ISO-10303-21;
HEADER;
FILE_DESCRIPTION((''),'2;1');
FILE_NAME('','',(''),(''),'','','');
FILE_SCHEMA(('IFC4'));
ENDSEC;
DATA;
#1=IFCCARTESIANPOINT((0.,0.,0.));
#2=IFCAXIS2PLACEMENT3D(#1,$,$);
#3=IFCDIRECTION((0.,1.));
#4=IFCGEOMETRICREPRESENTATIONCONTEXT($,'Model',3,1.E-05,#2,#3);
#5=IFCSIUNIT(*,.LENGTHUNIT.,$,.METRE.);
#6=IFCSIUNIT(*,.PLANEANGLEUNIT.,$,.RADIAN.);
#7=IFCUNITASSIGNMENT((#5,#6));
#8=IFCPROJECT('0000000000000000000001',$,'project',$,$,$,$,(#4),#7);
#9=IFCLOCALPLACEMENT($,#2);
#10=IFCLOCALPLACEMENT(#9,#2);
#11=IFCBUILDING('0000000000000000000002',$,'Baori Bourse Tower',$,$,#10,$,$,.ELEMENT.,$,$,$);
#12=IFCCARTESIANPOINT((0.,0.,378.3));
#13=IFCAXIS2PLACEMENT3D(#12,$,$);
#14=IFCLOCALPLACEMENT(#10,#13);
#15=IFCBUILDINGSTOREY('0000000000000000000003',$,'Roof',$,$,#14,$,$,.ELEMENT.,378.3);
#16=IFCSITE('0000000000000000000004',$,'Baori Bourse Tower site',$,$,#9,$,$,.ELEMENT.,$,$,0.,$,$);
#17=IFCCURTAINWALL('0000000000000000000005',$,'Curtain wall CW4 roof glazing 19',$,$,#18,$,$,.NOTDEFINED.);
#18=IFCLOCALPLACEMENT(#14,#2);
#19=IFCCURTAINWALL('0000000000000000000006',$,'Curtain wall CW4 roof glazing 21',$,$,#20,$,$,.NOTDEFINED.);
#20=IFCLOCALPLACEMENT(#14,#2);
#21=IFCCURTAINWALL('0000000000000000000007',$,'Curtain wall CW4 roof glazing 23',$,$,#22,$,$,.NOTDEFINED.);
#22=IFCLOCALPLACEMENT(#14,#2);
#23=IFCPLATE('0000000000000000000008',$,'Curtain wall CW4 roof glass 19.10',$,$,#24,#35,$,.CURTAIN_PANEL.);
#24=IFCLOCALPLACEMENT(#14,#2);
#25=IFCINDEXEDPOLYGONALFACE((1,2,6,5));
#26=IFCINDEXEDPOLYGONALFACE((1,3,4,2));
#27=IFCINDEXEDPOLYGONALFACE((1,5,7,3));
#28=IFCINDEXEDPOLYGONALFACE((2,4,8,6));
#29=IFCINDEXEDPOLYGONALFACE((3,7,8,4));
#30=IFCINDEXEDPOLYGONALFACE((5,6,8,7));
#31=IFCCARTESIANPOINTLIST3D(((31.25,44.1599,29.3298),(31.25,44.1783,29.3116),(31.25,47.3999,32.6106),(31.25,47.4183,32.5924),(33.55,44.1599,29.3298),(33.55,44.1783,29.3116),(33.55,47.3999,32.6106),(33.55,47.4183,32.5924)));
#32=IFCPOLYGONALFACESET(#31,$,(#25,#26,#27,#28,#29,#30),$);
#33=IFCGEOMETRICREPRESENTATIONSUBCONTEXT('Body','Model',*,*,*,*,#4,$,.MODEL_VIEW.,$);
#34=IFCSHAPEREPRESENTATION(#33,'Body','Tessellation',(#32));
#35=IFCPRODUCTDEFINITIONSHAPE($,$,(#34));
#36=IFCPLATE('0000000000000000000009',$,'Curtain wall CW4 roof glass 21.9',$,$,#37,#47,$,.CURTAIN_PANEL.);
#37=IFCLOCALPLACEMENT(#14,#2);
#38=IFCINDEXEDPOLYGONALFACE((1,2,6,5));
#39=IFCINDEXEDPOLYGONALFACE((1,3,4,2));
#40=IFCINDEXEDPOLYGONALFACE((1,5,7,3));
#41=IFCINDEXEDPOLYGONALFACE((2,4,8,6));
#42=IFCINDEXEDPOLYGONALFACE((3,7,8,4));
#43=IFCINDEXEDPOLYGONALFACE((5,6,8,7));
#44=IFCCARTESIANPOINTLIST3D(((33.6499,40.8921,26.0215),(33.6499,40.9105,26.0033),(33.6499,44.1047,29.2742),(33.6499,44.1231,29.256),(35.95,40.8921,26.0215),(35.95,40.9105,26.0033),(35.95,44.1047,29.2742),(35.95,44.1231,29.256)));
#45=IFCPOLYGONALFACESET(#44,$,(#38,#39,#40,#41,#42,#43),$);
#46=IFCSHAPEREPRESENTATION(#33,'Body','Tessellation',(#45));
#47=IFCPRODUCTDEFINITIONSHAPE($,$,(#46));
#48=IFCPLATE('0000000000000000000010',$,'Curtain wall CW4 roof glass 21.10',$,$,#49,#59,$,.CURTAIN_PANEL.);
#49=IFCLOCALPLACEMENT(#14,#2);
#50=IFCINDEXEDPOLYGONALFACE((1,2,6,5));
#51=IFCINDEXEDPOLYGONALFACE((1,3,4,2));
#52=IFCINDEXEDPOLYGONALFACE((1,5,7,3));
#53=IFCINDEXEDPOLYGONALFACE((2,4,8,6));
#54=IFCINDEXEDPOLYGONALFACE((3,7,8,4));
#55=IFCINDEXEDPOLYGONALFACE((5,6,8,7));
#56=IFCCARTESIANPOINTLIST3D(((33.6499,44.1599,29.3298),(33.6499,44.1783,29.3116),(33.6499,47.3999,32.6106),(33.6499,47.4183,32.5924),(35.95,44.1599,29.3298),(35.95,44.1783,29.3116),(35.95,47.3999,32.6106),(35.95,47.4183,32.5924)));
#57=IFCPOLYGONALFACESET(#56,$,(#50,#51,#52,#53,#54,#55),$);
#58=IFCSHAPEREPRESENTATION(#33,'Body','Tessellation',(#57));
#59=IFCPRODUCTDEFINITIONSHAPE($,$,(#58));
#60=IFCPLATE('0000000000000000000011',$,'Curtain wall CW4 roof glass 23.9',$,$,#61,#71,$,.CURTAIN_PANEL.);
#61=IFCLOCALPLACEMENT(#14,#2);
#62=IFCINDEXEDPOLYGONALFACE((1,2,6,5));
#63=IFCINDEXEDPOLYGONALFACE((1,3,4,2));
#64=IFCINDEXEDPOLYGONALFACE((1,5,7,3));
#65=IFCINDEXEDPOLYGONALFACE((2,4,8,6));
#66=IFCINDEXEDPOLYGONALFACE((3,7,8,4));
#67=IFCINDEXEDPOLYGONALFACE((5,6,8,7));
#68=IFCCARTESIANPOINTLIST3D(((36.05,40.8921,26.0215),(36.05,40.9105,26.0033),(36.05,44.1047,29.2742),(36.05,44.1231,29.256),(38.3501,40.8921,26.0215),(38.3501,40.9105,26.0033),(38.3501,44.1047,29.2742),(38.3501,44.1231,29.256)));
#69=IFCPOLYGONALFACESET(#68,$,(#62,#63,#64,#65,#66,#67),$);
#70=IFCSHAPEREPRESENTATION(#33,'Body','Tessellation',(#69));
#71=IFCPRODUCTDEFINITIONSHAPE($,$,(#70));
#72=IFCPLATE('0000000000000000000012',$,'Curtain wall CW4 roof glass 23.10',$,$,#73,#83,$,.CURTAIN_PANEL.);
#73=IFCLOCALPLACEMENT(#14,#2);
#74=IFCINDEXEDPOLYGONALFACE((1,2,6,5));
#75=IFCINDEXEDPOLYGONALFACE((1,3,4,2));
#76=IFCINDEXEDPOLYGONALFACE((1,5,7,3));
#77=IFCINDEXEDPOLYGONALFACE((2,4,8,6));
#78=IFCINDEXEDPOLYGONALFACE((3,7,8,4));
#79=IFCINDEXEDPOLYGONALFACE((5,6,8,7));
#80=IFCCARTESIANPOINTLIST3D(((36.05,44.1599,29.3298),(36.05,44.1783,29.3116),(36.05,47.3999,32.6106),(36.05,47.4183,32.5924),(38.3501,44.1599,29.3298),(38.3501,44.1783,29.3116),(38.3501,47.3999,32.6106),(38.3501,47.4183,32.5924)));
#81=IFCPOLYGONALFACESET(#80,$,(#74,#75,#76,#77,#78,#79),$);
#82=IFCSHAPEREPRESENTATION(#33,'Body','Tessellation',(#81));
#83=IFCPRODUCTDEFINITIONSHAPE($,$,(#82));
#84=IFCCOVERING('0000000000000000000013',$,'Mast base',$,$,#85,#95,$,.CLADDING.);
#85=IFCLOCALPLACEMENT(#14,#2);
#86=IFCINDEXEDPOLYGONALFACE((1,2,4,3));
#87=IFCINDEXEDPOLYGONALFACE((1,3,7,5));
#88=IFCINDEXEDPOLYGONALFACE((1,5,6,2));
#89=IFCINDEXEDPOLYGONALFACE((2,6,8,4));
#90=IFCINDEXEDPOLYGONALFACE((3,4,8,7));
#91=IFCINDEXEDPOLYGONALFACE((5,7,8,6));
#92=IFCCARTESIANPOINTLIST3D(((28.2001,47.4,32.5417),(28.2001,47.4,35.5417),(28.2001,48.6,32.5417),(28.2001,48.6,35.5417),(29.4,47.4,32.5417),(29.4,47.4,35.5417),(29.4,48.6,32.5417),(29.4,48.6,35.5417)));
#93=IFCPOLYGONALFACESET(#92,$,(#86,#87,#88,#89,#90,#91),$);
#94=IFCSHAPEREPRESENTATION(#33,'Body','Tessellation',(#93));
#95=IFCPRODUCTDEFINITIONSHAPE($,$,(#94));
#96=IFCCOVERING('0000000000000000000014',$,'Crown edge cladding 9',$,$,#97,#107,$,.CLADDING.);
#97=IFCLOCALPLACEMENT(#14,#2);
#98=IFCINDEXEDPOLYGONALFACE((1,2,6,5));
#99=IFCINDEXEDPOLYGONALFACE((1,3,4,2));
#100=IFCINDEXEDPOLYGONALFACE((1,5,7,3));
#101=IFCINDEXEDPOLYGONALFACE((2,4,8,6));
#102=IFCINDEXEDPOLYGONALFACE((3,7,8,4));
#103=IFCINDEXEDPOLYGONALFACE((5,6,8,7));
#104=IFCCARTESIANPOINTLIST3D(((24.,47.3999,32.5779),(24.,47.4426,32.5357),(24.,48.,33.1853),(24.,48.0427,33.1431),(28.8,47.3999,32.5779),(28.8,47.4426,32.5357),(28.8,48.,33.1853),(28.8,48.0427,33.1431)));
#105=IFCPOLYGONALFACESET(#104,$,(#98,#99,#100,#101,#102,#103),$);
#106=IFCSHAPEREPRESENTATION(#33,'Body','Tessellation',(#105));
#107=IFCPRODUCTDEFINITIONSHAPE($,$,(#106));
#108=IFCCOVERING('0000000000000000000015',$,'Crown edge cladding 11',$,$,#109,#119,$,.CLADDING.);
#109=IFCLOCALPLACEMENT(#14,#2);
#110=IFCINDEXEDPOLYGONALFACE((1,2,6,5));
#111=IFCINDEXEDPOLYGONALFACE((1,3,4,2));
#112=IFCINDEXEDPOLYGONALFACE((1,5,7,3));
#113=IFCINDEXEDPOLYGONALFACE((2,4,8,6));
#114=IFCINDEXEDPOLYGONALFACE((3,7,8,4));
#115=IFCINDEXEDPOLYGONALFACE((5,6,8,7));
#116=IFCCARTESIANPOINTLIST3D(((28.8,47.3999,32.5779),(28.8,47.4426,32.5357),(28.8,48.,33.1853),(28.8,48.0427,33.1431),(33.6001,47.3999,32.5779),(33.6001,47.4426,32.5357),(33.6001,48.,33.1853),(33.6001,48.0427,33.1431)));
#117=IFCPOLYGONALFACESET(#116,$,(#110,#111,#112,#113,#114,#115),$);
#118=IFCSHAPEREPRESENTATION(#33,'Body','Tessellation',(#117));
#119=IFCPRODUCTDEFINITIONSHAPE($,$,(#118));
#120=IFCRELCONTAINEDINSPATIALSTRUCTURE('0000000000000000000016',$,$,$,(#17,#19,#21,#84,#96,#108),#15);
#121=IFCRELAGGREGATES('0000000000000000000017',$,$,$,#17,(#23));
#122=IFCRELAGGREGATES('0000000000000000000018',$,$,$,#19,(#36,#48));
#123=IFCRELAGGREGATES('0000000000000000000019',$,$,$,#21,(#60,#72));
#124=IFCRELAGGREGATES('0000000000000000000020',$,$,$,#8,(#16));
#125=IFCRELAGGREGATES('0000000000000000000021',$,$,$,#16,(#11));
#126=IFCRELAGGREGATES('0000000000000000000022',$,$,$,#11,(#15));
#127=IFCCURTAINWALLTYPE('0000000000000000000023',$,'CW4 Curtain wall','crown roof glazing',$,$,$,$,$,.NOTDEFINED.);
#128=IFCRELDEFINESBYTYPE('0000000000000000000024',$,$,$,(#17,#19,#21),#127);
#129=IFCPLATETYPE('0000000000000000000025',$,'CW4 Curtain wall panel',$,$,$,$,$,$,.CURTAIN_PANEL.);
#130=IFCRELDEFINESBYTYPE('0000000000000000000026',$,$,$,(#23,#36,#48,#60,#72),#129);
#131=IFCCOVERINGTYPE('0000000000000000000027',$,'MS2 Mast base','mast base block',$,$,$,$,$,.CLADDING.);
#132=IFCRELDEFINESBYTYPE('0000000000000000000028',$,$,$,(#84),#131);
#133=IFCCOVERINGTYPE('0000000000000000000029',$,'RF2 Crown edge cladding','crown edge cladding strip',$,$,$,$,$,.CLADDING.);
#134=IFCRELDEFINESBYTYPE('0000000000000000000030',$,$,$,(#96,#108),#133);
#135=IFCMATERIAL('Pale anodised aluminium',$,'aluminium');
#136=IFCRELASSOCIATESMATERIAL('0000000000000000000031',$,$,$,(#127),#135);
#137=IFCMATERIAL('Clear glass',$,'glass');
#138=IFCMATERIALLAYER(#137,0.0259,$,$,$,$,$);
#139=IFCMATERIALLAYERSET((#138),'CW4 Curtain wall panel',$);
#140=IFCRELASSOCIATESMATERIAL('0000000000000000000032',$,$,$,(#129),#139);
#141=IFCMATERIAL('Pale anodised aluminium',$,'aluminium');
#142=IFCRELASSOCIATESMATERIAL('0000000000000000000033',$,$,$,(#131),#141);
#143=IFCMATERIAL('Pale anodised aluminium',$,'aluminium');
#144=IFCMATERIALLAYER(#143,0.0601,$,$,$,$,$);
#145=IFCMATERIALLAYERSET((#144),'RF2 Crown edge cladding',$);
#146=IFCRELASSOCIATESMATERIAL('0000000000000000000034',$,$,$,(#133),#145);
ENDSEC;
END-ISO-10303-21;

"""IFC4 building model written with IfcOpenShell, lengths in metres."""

from ifc_helpers import new_model, si_unit, direction, frame, origin, origin_2d, place, context, subcontext, project, spatial, polyline, rectangle, outline, extrude, material, layer, layer_set, type_object, element, aggregate, save


model = new_model("IFC4")

# Units and contexts
model_context = context("Model", 3, precision=1e-05, world=origin(), true_north=direction((0.0, 1.0)))
body_context = subcontext(model_context, "Body", "Model", "MODEL_VIEW")
ifc_project = project(units=[si_unit("LENGTHUNIT", "METRE"), si_unit("PLANEANGLEUNIT", "RADIAN")], contexts=[model_context])

# Site, building, storey
site_placement = place(None, origin())
site = spatial("IfcSite", under=ifc_project, at=site_placement, Name="Baori Bourse Tower site", CompositionType="ELEMENT", RefElevation=0.0)
building_placement = place(site_placement, origin())
building = spatial("IfcBuilding", under=site, at=building_placement, Name="Baori Bourse Tower", CompositionType="ELEMENT")
storey_placement = place(building_placement, frame((0.0, 0.0, 378.3)))
storey = spatial("IfcBuildingStorey", under=building, at=storey_placement, Name="Roof", CompositionType="ELEMENT", Elevation=378.3)

# Curtain walls
ifc_material_1 = material(Name="Pale anodised aluminium", Category="aluminium")
curtain_wall_type_1 = type_object("IfcCurtainWallType", Name="CW4 Curtain wall", Description="crown roof glazing", PredefinedType="NOTDEFINED", material=ifc_material_1)
curtain_wall_1_placement = place(storey_placement, origin())
curtain_wall_1 = element("IfcCurtainWall", 1, at=curtain_wall_1_placement, inside=storey, type_object=curtain_wall_type_1, Name="Curtain wall CW4 roof glazing 19", PredefinedType="NOTDEFINED")
curtain_wall_2_placement = place(storey_placement, origin())
curtain_wall_2 = element("IfcCurtainWall", 2, at=curtain_wall_2_placement, inside=storey, type_object=curtain_wall_type_1, Name="Curtain wall CW4 roof glazing 21", PredefinedType="NOTDEFINED")

# Curtain wall
curtain_wall_3_placement = place(storey_placement, origin())
curtain_wall_3 = element("IfcCurtainWall", 3, at=curtain_wall_3_placement, inside=storey, type_object=curtain_wall_type_1, Name="Curtain wall CW4 roof glazing 23", PredefinedType="NOTDEFINED")

# Plates
ifc_material_2 = material(Name="Clear glass", Category="glass")
ifc_layer_1 = layer(ifc_material_2, 0.0259)
ifc_layer_set_1 = layer_set([ifc_layer_1], Name="CW4 Curtain wall panel")
plate_type_1 = type_object("IfcPlateType", Name="CW4 Curtain wall panel", PredefinedType="CURTAIN_PANEL", material=ifc_layer_set_1)
plate_1_placement = place(storey_placement, frame((31.25, 44.1599, 29.3298), z_axis=(0.0, -0.711514, 0.702672), x_axis=(1.0, 0.0, 0.0)))
plate_1 = element("IfcPlate", 4, at=plate_1_placement, type_object=plate_type_1, Name="Curtain wall CW4 roof glass 19.10", PredefinedType="CURTAIN_PANEL", context=body_context, shape_type="SweptSolid", body=[
    extrude(outline(polyline([(0.0, 0.0), (2.3, 0.0), (2.3, 4.611), (0.0, 4.611), (0.0, 0.0)])), origin(), (0.0, 0.0, -1.0), 0.0259),
])
aggregate(curtain_wall_1, [plate_1])
plate_2_placement = place(storey_placement, frame((33.6499, 40.8921, 26.0215), z_axis=(0.0, -0.711472, 0.702714), x_axis=(1.0, 0.0, 0.0)))
plate_2 = element("IfcPlate", 5, at=plate_2_placement, type_object=plate_type_1, Name="Curtain wall CW4 roof glass 21.9", PredefinedType="CURTAIN_PANEL", context=body_context, shape_type="SweptSolid", body=[
    extrude(outline(polyline([(0.0, 0.0), (2.3, 0.0), (2.3, 4.5718), (0.0, 4.5718), (0.0, 0.0)])), origin(), (0.0, 0.0, -1.0), 0.0259),
])
plate_3_placement = place(storey_placement, frame((33.6499, 44.1599, 29.3298), z_axis=(0.0, -0.711514, 0.702672), x_axis=(1.0, 0.0, 0.0)))
plate_3 = element("IfcPlate", 6, at=plate_3_placement, type_object=plate_type_1, Name="Curtain wall CW4 roof glass 21.10", PredefinedType="CURTAIN_PANEL", context=body_context, shape_type="SweptSolid", body=[
    extrude(outline(polyline([(0.0, 0.0), (2.3, 0.0), (2.3, 4.611), (0.0, 4.611), (0.0, 0.0)])), origin(), (0.0, 0.0, -1.0), 0.0259),
])
aggregate(curtain_wall_2, [plate_2, plate_3])
plate_4_placement = place(storey_placement, frame((36.05, 40.8921, 26.0215), z_axis=(0.0, -0.711472, 0.702714), x_axis=(1.0, 0.0, 0.0)))
plate_4 = element("IfcPlate", 7, at=plate_4_placement, type_object=plate_type_1, Name="Curtain wall CW4 roof glass 23.9", PredefinedType="CURTAIN_PANEL", context=body_context, shape_type="SweptSolid", body=[
    extrude(outline(polyline([(0.0, 0.0), (2.3, 0.0), (2.3, 4.5718), (0.0, 4.5718), (0.0, 0.0)])), origin(), (0.0, 0.0, -1.0), 0.0259),
])
plate_5_placement = place(storey_placement, frame((36.05, 44.1599, 29.3298), z_axis=(0.0, -0.711514, 0.702672), x_axis=(1.0, 0.0, 0.0)))
plate_5 = element("IfcPlate", 8, at=plate_5_placement, type_object=plate_type_1, Name="Curtain wall CW4 roof glass 23.10", PredefinedType="CURTAIN_PANEL", context=body_context, shape_type="SweptSolid", body=[
    extrude(outline(polyline([(0.0, 0.0), (2.3, 0.0), (2.3, 4.611), (0.0, 4.611), (0.0, 0.0)])), origin(), (0.0, 0.0, -1.0), 0.0259),
])
aggregate(curtain_wall_3, [plate_4, plate_5])

# Coverings
ifc_material_3 = material(Name="Pale anodised aluminium", Category="aluminium")
covering_type_1 = type_object("IfcCoveringType", Name="MS2 Mast base", Description="mast base block", PredefinedType="CLADDING", material=ifc_material_3)
covering_placement = place(storey_placement, frame((28.8, 48.0, 32.5417), z_axis=(0.0, 0.0, 1.0), x_axis=(1.0, 0.0, 0.0)))
element("IfcCovering", 9, at=covering_placement, inside=storey, type_object=covering_type_1, Name="Mast base", PredefinedType="CLADDING", context=body_context, shape_type="SweptSolid", body=[
    extrude(rectangle(XDim=1.2, YDim=1.2, at=origin_2d()), origin(), (0.0, 0.0, 1.0), 3.0),
])
ifc_material_4 = material(Name="Pale anodised aluminium", Category="aluminium")
ifc_layer_2 = layer(ifc_material_4, 0.0601)
ifc_layer_set_2 = layer_set([ifc_layer_2], Name="RF2 Crown edge cladding")
covering_type_2 = type_object("IfcCoveringType", Name="RF2 Crown edge cladding", Description="crown edge cladding strip", PredefinedType="CLADDING", material=ifc_layer_set_2)
for number, where, z_axis, x_axis, name in (
    (10, (28.8, 47.3999, 32.5779), (0.0, -0.711383, 0.702805), (0.0, 0.702805, 0.711383), "Crown edge cladding 9"),
    (11, (33.6001, 47.3999, 32.5779), (0.0, -0.711383, 0.702805), (0.0, 0.702805, 0.711383), "Crown edge cladding 11"),
):
    element("IfcCovering", number, at=place(storey_placement, frame(where, z_axis=z_axis, x_axis=x_axis)), inside=storey, type_object=covering_type_2, Name=name, PredefinedType="CLADDING", context=body_context, shape_type="SweptSolid", body=[
        extrude(outline(polyline([(0.0, 0.0), (0.8539, 0.0), (0.8539, 4.8), (0.0, 4.8), (0.0, 0.0)])), origin(), (0.0, 0.0, -1.0), 0.0601),
    ])

save(model, "model.ifc")
